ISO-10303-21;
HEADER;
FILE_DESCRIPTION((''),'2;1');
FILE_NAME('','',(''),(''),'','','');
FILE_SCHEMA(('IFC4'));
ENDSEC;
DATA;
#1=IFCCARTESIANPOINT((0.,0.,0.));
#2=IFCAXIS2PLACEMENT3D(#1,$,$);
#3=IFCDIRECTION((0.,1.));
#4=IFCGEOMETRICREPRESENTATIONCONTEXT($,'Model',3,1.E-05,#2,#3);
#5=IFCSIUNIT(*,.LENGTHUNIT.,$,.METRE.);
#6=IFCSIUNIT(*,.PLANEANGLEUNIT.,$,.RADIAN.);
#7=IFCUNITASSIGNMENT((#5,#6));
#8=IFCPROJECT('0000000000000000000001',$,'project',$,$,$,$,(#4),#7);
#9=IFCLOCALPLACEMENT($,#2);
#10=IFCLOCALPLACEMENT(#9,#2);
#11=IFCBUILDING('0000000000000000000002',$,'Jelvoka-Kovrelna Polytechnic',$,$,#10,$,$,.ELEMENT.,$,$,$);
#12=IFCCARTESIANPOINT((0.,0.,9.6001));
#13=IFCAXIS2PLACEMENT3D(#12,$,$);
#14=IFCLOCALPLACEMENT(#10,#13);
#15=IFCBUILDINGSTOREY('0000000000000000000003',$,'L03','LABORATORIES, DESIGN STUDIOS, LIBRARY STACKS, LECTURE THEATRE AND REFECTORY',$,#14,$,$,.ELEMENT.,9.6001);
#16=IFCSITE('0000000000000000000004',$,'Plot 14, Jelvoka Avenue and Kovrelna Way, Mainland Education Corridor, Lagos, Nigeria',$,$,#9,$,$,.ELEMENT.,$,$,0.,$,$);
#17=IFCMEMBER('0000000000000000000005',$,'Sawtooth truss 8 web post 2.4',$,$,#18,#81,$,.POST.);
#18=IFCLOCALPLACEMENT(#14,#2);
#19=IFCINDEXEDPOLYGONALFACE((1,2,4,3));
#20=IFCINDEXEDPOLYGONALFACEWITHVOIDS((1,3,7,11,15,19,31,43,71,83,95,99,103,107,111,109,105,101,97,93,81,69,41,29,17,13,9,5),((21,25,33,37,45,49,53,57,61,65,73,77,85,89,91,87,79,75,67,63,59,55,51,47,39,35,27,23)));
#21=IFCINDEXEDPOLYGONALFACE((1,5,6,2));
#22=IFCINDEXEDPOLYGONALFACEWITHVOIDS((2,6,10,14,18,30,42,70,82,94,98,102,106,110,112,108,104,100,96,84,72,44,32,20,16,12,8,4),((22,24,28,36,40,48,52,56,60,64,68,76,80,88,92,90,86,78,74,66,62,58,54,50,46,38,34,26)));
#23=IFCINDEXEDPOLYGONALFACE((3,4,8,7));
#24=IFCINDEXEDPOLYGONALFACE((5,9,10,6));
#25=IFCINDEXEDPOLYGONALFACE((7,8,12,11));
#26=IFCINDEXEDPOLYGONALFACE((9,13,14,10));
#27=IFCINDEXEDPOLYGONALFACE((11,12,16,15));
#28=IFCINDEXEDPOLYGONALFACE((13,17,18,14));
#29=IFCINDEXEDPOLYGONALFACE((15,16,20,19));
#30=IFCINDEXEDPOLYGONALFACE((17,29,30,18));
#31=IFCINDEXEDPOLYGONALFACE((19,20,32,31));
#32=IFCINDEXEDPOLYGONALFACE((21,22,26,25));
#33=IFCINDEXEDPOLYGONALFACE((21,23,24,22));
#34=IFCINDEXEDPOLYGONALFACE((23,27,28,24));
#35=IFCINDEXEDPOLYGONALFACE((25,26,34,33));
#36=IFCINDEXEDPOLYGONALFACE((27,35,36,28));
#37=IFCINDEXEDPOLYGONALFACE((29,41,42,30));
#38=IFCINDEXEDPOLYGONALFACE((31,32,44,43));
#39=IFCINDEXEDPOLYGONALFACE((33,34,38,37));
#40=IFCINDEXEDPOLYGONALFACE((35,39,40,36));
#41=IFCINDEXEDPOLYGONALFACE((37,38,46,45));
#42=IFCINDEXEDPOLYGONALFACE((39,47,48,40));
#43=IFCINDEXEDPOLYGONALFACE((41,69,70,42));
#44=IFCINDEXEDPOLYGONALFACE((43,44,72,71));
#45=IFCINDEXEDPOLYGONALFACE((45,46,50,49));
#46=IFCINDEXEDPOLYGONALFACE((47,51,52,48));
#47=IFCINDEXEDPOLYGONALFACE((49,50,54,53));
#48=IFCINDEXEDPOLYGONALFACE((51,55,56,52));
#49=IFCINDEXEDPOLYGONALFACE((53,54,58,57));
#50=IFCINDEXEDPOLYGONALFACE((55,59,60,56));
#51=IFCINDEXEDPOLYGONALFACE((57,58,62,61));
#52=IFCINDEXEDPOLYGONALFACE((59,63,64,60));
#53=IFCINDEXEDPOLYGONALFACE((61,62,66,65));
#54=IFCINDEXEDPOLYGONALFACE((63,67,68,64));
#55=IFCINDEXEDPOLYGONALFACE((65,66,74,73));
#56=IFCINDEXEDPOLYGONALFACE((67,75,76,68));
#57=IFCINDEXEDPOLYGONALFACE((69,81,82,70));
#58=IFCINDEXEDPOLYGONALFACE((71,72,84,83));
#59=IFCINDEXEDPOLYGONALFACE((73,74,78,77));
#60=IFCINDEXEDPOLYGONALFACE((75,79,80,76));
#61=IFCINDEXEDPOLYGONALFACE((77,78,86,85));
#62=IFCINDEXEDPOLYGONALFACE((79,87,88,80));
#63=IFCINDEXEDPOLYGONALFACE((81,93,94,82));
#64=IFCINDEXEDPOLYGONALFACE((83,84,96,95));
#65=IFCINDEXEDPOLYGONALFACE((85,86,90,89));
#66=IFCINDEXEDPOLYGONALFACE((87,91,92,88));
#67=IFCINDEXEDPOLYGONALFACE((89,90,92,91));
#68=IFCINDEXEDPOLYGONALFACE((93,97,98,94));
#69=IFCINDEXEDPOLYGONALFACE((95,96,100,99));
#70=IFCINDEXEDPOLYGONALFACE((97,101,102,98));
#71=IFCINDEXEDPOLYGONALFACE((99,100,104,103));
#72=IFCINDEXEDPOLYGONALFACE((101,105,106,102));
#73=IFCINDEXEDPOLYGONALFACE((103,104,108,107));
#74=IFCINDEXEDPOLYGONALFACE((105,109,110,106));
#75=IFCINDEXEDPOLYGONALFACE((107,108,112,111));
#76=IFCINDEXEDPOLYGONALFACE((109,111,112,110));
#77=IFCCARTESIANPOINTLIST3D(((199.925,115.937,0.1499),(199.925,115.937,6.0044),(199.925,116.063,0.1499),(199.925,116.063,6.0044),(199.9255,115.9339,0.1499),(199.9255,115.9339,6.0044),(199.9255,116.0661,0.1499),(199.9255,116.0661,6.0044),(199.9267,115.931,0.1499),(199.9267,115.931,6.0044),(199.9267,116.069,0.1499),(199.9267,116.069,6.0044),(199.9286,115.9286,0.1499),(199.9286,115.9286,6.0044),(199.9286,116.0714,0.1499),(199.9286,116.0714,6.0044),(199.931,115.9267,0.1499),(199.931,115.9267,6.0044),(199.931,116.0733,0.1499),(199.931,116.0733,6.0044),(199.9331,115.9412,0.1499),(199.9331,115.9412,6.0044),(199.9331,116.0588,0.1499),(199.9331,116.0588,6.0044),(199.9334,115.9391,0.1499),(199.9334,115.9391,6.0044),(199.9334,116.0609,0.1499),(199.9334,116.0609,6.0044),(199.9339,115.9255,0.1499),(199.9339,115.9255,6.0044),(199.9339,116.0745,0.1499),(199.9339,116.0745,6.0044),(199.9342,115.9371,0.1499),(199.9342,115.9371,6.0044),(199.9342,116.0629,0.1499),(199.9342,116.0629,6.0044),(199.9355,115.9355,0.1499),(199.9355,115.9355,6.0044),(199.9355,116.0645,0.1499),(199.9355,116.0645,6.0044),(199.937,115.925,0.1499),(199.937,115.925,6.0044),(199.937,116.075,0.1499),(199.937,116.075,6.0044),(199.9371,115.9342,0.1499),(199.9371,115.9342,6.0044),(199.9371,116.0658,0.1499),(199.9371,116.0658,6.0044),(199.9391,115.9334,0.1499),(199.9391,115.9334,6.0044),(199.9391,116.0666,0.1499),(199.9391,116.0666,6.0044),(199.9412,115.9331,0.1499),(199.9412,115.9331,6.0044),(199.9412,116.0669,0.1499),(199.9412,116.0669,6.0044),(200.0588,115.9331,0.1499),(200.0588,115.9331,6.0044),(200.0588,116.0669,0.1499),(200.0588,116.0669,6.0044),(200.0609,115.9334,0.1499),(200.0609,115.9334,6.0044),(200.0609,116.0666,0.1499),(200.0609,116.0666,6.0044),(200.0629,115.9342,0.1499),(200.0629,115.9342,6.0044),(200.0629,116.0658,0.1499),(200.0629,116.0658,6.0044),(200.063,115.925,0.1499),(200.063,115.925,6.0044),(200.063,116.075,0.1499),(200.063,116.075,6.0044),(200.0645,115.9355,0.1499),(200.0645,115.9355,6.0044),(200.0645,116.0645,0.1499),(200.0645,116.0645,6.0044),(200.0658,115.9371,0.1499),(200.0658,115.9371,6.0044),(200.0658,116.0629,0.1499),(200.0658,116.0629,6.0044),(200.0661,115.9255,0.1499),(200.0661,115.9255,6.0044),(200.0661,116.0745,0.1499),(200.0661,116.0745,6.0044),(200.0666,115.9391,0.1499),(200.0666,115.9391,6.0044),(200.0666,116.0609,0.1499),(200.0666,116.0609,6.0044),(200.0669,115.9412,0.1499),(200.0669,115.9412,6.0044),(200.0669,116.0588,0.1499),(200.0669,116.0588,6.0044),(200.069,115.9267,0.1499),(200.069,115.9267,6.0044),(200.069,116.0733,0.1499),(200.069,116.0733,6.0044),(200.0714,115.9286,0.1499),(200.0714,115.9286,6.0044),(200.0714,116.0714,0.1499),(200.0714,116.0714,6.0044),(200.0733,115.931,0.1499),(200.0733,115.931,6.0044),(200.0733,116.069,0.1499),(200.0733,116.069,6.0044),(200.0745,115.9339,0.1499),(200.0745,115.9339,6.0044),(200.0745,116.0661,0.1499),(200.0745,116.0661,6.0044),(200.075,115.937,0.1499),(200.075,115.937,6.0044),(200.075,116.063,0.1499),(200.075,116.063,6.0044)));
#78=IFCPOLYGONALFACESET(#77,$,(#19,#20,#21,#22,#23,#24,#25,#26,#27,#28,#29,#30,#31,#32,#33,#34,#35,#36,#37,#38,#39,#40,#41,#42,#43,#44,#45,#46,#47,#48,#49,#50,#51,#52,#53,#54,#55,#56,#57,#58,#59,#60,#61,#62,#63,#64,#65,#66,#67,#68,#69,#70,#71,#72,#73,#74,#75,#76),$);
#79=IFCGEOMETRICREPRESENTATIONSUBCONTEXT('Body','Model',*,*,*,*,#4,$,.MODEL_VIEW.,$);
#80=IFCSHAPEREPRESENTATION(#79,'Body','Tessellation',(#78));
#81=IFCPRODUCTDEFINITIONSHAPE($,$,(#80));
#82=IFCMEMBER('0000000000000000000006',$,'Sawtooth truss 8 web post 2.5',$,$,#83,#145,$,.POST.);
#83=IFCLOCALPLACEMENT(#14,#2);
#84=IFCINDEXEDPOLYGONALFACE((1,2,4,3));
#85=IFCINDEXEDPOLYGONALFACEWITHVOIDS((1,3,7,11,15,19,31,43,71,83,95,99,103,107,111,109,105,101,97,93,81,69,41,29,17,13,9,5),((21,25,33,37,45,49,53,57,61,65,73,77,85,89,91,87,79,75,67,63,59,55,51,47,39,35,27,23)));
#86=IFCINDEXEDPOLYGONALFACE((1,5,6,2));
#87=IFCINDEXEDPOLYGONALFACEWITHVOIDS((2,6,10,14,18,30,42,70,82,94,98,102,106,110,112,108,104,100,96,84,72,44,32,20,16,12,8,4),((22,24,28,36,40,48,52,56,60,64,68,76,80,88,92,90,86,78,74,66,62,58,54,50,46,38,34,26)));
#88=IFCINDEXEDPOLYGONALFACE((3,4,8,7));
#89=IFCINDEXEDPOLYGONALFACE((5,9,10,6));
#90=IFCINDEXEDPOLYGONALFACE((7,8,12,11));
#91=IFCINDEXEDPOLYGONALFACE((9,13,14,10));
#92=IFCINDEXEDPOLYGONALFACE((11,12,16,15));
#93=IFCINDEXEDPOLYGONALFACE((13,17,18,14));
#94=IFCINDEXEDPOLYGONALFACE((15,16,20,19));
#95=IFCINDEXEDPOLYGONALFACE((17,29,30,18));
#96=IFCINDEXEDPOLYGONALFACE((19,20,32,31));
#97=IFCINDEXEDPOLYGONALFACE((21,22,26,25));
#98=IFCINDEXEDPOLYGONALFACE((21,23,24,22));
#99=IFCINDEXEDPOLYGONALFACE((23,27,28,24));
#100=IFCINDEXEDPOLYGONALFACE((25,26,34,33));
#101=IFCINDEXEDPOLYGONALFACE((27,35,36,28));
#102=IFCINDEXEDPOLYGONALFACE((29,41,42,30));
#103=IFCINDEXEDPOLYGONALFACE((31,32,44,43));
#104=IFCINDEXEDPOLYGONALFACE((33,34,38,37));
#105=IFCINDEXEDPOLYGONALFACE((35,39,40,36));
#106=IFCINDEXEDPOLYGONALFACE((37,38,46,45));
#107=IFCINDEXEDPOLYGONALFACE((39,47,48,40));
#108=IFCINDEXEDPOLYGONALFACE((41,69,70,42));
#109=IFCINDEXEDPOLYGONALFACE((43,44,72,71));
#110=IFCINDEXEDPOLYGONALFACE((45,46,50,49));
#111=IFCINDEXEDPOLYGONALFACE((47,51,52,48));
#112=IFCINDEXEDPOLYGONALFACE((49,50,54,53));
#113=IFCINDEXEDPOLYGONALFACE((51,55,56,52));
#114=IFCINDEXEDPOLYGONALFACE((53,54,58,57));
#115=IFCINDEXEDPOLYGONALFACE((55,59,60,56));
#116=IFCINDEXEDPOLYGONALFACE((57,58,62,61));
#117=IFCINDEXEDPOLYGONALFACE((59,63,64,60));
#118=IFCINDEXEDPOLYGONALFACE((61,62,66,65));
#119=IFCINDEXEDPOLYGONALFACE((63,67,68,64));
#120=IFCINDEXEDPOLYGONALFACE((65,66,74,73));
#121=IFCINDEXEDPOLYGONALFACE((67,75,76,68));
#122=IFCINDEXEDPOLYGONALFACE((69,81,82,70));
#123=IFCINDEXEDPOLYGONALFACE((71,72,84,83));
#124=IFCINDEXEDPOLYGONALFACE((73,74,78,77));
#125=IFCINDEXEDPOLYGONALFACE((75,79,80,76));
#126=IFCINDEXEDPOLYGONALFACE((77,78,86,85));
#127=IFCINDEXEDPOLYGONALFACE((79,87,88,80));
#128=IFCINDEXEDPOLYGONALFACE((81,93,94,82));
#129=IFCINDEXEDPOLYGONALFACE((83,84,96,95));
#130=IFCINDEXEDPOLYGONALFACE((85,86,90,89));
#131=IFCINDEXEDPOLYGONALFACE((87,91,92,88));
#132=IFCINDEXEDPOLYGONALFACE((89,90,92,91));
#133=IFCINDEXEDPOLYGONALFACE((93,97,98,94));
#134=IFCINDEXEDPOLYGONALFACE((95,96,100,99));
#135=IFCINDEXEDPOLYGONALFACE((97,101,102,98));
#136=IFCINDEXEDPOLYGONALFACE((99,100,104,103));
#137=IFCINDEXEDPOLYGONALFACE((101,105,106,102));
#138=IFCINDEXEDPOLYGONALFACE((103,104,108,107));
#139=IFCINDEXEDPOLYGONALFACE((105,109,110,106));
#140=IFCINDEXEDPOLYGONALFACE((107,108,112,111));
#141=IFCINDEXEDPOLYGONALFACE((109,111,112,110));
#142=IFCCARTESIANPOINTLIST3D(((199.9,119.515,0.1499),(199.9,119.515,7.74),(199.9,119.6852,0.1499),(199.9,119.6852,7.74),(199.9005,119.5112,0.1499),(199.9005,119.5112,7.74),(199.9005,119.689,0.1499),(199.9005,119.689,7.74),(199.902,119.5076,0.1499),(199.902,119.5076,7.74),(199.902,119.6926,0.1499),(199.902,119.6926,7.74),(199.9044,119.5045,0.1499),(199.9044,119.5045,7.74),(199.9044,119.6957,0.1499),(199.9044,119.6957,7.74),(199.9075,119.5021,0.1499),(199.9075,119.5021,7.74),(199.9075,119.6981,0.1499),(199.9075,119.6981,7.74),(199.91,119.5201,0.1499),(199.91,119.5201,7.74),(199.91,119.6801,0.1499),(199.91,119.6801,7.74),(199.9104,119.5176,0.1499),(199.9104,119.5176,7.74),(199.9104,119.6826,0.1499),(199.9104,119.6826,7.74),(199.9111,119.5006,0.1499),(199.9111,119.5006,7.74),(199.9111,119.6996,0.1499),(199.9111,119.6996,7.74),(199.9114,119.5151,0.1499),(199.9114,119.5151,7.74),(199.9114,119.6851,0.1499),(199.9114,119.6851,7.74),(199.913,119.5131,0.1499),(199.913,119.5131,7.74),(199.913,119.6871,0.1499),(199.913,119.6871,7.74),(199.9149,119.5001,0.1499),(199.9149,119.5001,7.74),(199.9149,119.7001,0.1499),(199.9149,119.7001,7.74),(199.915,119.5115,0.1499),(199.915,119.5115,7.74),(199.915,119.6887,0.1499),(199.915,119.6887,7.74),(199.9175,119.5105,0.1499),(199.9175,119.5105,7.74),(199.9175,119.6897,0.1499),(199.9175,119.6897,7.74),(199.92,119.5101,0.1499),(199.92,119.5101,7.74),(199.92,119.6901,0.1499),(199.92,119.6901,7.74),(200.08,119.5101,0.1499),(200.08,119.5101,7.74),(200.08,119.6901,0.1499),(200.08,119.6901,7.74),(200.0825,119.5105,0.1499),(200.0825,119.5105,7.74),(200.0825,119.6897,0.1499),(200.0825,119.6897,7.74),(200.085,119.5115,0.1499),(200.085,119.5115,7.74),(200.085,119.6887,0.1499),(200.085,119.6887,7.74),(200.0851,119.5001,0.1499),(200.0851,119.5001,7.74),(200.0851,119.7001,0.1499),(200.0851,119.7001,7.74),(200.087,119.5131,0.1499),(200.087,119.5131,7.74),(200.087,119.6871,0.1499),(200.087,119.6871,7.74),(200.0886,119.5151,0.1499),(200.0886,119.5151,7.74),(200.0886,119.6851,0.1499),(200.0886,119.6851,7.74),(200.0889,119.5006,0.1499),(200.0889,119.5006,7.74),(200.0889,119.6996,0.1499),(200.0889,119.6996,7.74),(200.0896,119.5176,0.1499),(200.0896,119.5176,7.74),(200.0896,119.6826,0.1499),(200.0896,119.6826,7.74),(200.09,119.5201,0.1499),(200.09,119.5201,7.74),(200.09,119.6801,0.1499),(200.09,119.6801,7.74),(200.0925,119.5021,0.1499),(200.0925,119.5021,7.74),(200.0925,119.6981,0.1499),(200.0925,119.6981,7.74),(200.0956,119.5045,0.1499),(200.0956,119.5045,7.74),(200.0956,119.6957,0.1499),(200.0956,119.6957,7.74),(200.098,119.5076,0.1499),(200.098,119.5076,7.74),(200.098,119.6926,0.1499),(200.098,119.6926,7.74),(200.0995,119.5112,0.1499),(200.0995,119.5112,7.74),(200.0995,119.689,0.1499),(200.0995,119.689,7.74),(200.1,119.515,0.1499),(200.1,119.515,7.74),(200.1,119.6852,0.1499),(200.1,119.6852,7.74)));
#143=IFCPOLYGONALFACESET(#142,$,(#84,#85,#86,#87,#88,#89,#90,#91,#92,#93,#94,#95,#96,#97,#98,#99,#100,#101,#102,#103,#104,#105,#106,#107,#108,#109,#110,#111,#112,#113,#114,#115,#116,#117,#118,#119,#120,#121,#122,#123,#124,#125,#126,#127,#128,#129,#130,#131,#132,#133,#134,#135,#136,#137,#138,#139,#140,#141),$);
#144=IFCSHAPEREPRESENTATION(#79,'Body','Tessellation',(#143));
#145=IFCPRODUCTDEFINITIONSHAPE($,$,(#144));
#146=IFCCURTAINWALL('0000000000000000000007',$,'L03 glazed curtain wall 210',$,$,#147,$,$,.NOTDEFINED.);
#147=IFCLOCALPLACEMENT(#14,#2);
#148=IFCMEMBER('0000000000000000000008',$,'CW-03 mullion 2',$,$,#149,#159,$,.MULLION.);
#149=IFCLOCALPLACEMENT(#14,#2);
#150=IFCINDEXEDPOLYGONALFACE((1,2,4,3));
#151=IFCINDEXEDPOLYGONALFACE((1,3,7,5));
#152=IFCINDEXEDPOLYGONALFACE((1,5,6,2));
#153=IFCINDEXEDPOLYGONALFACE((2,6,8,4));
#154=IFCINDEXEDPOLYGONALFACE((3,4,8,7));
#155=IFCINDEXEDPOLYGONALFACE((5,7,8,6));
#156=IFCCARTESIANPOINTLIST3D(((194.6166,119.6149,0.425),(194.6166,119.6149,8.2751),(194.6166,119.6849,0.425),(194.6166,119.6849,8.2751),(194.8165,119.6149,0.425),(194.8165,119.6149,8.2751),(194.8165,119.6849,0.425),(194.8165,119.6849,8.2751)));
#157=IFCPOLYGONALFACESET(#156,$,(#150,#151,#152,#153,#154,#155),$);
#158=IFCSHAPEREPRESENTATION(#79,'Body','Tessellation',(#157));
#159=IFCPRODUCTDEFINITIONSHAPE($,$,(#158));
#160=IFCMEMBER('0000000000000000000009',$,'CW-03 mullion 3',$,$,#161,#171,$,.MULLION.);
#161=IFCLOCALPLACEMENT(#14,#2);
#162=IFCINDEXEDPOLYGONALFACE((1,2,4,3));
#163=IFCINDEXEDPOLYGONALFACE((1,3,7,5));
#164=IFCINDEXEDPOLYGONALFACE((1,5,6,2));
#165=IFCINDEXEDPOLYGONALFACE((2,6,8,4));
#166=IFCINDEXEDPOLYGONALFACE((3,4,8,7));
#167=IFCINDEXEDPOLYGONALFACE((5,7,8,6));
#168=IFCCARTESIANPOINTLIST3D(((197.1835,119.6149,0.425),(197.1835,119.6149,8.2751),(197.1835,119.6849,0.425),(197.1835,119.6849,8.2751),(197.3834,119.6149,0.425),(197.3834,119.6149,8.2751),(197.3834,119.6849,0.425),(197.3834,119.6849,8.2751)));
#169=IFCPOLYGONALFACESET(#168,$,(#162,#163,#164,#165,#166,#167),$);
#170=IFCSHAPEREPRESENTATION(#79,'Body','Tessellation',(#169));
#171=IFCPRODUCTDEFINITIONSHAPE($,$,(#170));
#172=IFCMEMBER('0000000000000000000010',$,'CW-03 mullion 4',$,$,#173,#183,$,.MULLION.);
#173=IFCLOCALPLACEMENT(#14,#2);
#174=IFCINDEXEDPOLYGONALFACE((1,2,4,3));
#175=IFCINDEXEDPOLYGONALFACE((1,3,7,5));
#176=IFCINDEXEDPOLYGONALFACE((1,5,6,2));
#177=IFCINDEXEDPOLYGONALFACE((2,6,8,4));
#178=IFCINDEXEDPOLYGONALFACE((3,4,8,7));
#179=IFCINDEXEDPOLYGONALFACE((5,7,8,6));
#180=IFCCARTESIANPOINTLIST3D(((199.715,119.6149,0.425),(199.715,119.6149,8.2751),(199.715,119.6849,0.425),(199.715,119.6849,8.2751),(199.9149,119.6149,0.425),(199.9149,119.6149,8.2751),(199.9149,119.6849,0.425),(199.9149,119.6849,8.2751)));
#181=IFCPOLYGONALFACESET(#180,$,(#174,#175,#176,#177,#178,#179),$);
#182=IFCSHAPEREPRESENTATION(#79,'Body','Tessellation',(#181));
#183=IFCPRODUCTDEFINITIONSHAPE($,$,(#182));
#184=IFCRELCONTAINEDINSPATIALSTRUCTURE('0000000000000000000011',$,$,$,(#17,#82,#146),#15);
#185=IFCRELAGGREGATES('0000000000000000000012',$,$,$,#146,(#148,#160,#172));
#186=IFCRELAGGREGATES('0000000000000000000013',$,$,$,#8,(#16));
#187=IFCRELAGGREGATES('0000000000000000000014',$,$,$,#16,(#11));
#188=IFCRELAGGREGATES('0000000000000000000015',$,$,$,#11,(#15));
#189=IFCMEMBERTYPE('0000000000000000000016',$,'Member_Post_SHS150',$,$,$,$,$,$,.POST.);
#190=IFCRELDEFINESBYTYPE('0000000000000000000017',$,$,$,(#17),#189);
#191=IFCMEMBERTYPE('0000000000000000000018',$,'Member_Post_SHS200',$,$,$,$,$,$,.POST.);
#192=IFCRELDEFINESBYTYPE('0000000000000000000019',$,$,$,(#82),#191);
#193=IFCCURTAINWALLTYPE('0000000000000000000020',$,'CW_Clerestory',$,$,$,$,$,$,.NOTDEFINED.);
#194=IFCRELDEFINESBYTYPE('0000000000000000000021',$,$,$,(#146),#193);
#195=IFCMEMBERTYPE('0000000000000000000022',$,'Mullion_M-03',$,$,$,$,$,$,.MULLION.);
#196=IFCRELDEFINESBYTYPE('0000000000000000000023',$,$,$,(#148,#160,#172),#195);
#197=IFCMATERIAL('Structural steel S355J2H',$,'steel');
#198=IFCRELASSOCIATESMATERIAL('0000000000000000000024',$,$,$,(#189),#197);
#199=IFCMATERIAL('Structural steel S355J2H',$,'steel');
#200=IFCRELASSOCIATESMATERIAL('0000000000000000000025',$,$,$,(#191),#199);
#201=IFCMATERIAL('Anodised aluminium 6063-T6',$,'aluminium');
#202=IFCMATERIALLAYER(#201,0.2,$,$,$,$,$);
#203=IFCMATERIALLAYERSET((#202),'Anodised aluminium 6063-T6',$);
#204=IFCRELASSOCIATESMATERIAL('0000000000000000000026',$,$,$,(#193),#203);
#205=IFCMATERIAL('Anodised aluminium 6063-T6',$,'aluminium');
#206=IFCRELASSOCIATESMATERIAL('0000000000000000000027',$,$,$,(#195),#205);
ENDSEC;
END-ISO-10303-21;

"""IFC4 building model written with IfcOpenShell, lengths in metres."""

from ifc_helpers import new_model, si_unit, direction, frame, origin, origin_2d, place, context, subcontext, project, spatial, rectangle, hollow_rectangle, extrude, material, layer, layer_set, material_profile, profile_set, type_object, element, aggregate, save


model = new_model("IFC4")

# Units and contexts
model_context = context("Model", 3, precision=1e-05, world=origin(), true_north=direction((0.0, 1.0)))
body_context = subcontext(model_context, "Body", "Model", "MODEL_VIEW")
ifc_project = project(units=[si_unit("LENGTHUNIT", "METRE"), si_unit("PLANEANGLEUNIT", "RADIAN")], contexts=[model_context])

# Site, building, storey
site_placement = place(None, origin())
site = spatial("IfcSite", under=ifc_project, at=site_placement, Name="Plot 14, Jelvoka Avenue and Kovrelna Way, Mainland Education Corridor, Lagos, Nigeria", CompositionType="ELEMENT", RefElevation=0.0)
building_placement = place(site_placement, origin())
building = spatial("IfcBuilding", under=site, at=building_placement, Name="Jelvoka-Kovrelna Polytechnic", CompositionType="ELEMENT")
storey_placement = place(building_placement, frame((0.0, 0.0, 9.6001)))
storey = spatial("IfcBuildingStorey", under=building, at=storey_placement, Name="L03", Description="LABORATORIES, DESIGN STUDIOS, LIBRARY STACKS, LECTURE THEATRE AND REFECTORY", CompositionType="ELEMENT", Elevation=9.6001)

# Members
ifc_material_1 = material(Name="Structural steel S355J2H", Category="steel")
ifc_material_profile_1 = material_profile(ifc_material_1, hollow_rectangle(XDim=0.1499, YDim=0.1499, WallThickness=0.0081, InnerFilletRadius=0.0081, OuterFilletRadius=0.012, at=origin_2d()), Name="150x150x8.0 SHS")
ifc_profile_set_1 = profile_set([ifc_material_profile_1], Name="Structural steel S355J2H")
member_type_1 = type_object("IfcMemberType", Name="Member_Post_SHS150", PredefinedType="POST", material=ifc_profile_set_1)
member_1_placement = place(storey_placement, frame((200.0, 116.0, 0.1499), z_axis=(0.0, 0.0, 1.0), x_axis=(1.0, 0.0, 0.0)))
element("IfcMember", 1, at=member_1_placement, inside=storey, type_object=member_type_1, Name="Sawtooth truss 8 web post 2.4", PredefinedType="POST", context=body_context, shape_type="SweptSolid", body=[
    extrude(hollow_rectangle(XDim=0.1499, YDim=0.1499, WallThickness=0.0081, InnerFilletRadius=0.0081, OuterFilletRadius=0.012, at=origin_2d()), origin(), (0.0, 0.0, 1.0), 5.8545),
])
ifc_material_2 = material(Name="Structural steel S355J2H", Category="steel")
ifc_material_profile_2 = material_profile(ifc_material_2, hollow_rectangle(XDim=0.2, YDim=0.2, WallThickness=0.01, InnerFilletRadius=0.01, OuterFilletRadius=0.0149, at=origin_2d()), Name="200x200x10.0 SHS")
ifc_profile_set_2 = profile_set([ifc_material_profile_2], Name="Structural steel S355J2H")
member_type_2 = type_object("IfcMemberType", Name="Member_Post_SHS200", PredefinedType="POST", material=ifc_profile_set_2)
member_2_placement = place(storey_placement, frame((200.0, 119.6001, 0.1499), z_axis=(0.0, 0.0, 1.0), x_axis=(1.0, 0.0, 0.0)))
element("IfcMember", 2, at=member_2_placement, inside=storey, type_object=member_type_2, Name="Sawtooth truss 8 web post 2.5", PredefinedType="POST", context=body_context, shape_type="SweptSolid", body=[
    extrude(hollow_rectangle(XDim=0.2, YDim=0.2, WallThickness=0.01, InnerFilletRadius=0.01, OuterFilletRadius=0.0149, at=origin_2d()), origin(), (0.0, 0.0, 1.0), 7.5901),
])

# Curtain wall, members
ifc_material_3 = material(Name="Anodised aluminium 6063-T6", Category="aluminium")
ifc_layer_1 = layer(ifc_material_3, 0.2)
ifc_layer_set_1 = layer_set([ifc_layer_1], Name="Anodised aluminium 6063-T6")
curtain_wall_type = type_object("IfcCurtainWallType", Name="CW_Clerestory", PredefinedType="NOTDEFINED", material=ifc_layer_set_1)
curtain_wall_placement = place(storey_placement, origin())
curtain_wall = element("IfcCurtainWall", 3, at=curtain_wall_placement, inside=storey, type_object=curtain_wall_type, Name="L03 glazed curtain wall 210", PredefinedType="NOTDEFINED")
ifc_material_4 = material(Name="Anodised aluminium 6063-T6", Category="aluminium")
ifc_material_profile_3 = material_profile(ifc_material_4, rectangle(XDim=0.0701, YDim=0.2, at=origin_2d()), Name="ALU 70x200")
ifc_profile_set_3 = profile_set([ifc_material_profile_3], Name="Anodised aluminium 6063-T6")
member_type_3 = type_object("IfcMemberType", Name="Mullion_M-03", PredefinedType="MULLION", material=ifc_profile_set_3)
member_3_placement = place(storey_placement, frame((194.7166, 119.6499, 0.425), z_axis=(0.0, 0.0, 1.0), x_axis=(0.0, 1.0, 0.0)))
member_3 = element("IfcMember", 4, at=member_3_placement, type_object=member_type_3, Name="CW-03 mullion 2", PredefinedType="MULLION", context=body_context, shape_type="SweptSolid", body=[
    extrude(rectangle(XDim=0.0701, YDim=0.2, at=origin_2d()), origin(), (0.0, 0.0, 1.0), 7.8501),
])
member_4_placement = place(storey_placement, frame((197.2834, 119.6499, 0.425), z_axis=(0.0, 0.0, 1.0), x_axis=(0.0, 1.0, 0.0)))
member_4 = element("IfcMember", 5, at=member_4_placement, type_object=member_type_3, Name="CW-03 mullion 3", PredefinedType="MULLION", context=body_context, shape_type="SweptSolid", body=[
    extrude(rectangle(XDim=0.0701, YDim=0.2, at=origin_2d()), origin(), (0.0, 0.0, 1.0), 7.8501),
])
member_5_placement = place(storey_placement, frame((199.8149, 119.6499, 0.425), z_axis=(0.0, 0.0, 1.0), x_axis=(0.0, 1.0, 0.0)))
member_5 = element("IfcMember", 6, at=member_5_placement, type_object=member_type_3, Name="CW-03 mullion 4", PredefinedType="MULLION", context=body_context, shape_type="SweptSolid", body=[
    extrude(rectangle(XDim=0.0701, YDim=0.2, at=origin_2d()), origin(), (0.0, 0.0, 1.0), 7.8501),
])
aggregate(curtain_wall, [member_3, member_4, member_5])

save(model, "model.ifc")
